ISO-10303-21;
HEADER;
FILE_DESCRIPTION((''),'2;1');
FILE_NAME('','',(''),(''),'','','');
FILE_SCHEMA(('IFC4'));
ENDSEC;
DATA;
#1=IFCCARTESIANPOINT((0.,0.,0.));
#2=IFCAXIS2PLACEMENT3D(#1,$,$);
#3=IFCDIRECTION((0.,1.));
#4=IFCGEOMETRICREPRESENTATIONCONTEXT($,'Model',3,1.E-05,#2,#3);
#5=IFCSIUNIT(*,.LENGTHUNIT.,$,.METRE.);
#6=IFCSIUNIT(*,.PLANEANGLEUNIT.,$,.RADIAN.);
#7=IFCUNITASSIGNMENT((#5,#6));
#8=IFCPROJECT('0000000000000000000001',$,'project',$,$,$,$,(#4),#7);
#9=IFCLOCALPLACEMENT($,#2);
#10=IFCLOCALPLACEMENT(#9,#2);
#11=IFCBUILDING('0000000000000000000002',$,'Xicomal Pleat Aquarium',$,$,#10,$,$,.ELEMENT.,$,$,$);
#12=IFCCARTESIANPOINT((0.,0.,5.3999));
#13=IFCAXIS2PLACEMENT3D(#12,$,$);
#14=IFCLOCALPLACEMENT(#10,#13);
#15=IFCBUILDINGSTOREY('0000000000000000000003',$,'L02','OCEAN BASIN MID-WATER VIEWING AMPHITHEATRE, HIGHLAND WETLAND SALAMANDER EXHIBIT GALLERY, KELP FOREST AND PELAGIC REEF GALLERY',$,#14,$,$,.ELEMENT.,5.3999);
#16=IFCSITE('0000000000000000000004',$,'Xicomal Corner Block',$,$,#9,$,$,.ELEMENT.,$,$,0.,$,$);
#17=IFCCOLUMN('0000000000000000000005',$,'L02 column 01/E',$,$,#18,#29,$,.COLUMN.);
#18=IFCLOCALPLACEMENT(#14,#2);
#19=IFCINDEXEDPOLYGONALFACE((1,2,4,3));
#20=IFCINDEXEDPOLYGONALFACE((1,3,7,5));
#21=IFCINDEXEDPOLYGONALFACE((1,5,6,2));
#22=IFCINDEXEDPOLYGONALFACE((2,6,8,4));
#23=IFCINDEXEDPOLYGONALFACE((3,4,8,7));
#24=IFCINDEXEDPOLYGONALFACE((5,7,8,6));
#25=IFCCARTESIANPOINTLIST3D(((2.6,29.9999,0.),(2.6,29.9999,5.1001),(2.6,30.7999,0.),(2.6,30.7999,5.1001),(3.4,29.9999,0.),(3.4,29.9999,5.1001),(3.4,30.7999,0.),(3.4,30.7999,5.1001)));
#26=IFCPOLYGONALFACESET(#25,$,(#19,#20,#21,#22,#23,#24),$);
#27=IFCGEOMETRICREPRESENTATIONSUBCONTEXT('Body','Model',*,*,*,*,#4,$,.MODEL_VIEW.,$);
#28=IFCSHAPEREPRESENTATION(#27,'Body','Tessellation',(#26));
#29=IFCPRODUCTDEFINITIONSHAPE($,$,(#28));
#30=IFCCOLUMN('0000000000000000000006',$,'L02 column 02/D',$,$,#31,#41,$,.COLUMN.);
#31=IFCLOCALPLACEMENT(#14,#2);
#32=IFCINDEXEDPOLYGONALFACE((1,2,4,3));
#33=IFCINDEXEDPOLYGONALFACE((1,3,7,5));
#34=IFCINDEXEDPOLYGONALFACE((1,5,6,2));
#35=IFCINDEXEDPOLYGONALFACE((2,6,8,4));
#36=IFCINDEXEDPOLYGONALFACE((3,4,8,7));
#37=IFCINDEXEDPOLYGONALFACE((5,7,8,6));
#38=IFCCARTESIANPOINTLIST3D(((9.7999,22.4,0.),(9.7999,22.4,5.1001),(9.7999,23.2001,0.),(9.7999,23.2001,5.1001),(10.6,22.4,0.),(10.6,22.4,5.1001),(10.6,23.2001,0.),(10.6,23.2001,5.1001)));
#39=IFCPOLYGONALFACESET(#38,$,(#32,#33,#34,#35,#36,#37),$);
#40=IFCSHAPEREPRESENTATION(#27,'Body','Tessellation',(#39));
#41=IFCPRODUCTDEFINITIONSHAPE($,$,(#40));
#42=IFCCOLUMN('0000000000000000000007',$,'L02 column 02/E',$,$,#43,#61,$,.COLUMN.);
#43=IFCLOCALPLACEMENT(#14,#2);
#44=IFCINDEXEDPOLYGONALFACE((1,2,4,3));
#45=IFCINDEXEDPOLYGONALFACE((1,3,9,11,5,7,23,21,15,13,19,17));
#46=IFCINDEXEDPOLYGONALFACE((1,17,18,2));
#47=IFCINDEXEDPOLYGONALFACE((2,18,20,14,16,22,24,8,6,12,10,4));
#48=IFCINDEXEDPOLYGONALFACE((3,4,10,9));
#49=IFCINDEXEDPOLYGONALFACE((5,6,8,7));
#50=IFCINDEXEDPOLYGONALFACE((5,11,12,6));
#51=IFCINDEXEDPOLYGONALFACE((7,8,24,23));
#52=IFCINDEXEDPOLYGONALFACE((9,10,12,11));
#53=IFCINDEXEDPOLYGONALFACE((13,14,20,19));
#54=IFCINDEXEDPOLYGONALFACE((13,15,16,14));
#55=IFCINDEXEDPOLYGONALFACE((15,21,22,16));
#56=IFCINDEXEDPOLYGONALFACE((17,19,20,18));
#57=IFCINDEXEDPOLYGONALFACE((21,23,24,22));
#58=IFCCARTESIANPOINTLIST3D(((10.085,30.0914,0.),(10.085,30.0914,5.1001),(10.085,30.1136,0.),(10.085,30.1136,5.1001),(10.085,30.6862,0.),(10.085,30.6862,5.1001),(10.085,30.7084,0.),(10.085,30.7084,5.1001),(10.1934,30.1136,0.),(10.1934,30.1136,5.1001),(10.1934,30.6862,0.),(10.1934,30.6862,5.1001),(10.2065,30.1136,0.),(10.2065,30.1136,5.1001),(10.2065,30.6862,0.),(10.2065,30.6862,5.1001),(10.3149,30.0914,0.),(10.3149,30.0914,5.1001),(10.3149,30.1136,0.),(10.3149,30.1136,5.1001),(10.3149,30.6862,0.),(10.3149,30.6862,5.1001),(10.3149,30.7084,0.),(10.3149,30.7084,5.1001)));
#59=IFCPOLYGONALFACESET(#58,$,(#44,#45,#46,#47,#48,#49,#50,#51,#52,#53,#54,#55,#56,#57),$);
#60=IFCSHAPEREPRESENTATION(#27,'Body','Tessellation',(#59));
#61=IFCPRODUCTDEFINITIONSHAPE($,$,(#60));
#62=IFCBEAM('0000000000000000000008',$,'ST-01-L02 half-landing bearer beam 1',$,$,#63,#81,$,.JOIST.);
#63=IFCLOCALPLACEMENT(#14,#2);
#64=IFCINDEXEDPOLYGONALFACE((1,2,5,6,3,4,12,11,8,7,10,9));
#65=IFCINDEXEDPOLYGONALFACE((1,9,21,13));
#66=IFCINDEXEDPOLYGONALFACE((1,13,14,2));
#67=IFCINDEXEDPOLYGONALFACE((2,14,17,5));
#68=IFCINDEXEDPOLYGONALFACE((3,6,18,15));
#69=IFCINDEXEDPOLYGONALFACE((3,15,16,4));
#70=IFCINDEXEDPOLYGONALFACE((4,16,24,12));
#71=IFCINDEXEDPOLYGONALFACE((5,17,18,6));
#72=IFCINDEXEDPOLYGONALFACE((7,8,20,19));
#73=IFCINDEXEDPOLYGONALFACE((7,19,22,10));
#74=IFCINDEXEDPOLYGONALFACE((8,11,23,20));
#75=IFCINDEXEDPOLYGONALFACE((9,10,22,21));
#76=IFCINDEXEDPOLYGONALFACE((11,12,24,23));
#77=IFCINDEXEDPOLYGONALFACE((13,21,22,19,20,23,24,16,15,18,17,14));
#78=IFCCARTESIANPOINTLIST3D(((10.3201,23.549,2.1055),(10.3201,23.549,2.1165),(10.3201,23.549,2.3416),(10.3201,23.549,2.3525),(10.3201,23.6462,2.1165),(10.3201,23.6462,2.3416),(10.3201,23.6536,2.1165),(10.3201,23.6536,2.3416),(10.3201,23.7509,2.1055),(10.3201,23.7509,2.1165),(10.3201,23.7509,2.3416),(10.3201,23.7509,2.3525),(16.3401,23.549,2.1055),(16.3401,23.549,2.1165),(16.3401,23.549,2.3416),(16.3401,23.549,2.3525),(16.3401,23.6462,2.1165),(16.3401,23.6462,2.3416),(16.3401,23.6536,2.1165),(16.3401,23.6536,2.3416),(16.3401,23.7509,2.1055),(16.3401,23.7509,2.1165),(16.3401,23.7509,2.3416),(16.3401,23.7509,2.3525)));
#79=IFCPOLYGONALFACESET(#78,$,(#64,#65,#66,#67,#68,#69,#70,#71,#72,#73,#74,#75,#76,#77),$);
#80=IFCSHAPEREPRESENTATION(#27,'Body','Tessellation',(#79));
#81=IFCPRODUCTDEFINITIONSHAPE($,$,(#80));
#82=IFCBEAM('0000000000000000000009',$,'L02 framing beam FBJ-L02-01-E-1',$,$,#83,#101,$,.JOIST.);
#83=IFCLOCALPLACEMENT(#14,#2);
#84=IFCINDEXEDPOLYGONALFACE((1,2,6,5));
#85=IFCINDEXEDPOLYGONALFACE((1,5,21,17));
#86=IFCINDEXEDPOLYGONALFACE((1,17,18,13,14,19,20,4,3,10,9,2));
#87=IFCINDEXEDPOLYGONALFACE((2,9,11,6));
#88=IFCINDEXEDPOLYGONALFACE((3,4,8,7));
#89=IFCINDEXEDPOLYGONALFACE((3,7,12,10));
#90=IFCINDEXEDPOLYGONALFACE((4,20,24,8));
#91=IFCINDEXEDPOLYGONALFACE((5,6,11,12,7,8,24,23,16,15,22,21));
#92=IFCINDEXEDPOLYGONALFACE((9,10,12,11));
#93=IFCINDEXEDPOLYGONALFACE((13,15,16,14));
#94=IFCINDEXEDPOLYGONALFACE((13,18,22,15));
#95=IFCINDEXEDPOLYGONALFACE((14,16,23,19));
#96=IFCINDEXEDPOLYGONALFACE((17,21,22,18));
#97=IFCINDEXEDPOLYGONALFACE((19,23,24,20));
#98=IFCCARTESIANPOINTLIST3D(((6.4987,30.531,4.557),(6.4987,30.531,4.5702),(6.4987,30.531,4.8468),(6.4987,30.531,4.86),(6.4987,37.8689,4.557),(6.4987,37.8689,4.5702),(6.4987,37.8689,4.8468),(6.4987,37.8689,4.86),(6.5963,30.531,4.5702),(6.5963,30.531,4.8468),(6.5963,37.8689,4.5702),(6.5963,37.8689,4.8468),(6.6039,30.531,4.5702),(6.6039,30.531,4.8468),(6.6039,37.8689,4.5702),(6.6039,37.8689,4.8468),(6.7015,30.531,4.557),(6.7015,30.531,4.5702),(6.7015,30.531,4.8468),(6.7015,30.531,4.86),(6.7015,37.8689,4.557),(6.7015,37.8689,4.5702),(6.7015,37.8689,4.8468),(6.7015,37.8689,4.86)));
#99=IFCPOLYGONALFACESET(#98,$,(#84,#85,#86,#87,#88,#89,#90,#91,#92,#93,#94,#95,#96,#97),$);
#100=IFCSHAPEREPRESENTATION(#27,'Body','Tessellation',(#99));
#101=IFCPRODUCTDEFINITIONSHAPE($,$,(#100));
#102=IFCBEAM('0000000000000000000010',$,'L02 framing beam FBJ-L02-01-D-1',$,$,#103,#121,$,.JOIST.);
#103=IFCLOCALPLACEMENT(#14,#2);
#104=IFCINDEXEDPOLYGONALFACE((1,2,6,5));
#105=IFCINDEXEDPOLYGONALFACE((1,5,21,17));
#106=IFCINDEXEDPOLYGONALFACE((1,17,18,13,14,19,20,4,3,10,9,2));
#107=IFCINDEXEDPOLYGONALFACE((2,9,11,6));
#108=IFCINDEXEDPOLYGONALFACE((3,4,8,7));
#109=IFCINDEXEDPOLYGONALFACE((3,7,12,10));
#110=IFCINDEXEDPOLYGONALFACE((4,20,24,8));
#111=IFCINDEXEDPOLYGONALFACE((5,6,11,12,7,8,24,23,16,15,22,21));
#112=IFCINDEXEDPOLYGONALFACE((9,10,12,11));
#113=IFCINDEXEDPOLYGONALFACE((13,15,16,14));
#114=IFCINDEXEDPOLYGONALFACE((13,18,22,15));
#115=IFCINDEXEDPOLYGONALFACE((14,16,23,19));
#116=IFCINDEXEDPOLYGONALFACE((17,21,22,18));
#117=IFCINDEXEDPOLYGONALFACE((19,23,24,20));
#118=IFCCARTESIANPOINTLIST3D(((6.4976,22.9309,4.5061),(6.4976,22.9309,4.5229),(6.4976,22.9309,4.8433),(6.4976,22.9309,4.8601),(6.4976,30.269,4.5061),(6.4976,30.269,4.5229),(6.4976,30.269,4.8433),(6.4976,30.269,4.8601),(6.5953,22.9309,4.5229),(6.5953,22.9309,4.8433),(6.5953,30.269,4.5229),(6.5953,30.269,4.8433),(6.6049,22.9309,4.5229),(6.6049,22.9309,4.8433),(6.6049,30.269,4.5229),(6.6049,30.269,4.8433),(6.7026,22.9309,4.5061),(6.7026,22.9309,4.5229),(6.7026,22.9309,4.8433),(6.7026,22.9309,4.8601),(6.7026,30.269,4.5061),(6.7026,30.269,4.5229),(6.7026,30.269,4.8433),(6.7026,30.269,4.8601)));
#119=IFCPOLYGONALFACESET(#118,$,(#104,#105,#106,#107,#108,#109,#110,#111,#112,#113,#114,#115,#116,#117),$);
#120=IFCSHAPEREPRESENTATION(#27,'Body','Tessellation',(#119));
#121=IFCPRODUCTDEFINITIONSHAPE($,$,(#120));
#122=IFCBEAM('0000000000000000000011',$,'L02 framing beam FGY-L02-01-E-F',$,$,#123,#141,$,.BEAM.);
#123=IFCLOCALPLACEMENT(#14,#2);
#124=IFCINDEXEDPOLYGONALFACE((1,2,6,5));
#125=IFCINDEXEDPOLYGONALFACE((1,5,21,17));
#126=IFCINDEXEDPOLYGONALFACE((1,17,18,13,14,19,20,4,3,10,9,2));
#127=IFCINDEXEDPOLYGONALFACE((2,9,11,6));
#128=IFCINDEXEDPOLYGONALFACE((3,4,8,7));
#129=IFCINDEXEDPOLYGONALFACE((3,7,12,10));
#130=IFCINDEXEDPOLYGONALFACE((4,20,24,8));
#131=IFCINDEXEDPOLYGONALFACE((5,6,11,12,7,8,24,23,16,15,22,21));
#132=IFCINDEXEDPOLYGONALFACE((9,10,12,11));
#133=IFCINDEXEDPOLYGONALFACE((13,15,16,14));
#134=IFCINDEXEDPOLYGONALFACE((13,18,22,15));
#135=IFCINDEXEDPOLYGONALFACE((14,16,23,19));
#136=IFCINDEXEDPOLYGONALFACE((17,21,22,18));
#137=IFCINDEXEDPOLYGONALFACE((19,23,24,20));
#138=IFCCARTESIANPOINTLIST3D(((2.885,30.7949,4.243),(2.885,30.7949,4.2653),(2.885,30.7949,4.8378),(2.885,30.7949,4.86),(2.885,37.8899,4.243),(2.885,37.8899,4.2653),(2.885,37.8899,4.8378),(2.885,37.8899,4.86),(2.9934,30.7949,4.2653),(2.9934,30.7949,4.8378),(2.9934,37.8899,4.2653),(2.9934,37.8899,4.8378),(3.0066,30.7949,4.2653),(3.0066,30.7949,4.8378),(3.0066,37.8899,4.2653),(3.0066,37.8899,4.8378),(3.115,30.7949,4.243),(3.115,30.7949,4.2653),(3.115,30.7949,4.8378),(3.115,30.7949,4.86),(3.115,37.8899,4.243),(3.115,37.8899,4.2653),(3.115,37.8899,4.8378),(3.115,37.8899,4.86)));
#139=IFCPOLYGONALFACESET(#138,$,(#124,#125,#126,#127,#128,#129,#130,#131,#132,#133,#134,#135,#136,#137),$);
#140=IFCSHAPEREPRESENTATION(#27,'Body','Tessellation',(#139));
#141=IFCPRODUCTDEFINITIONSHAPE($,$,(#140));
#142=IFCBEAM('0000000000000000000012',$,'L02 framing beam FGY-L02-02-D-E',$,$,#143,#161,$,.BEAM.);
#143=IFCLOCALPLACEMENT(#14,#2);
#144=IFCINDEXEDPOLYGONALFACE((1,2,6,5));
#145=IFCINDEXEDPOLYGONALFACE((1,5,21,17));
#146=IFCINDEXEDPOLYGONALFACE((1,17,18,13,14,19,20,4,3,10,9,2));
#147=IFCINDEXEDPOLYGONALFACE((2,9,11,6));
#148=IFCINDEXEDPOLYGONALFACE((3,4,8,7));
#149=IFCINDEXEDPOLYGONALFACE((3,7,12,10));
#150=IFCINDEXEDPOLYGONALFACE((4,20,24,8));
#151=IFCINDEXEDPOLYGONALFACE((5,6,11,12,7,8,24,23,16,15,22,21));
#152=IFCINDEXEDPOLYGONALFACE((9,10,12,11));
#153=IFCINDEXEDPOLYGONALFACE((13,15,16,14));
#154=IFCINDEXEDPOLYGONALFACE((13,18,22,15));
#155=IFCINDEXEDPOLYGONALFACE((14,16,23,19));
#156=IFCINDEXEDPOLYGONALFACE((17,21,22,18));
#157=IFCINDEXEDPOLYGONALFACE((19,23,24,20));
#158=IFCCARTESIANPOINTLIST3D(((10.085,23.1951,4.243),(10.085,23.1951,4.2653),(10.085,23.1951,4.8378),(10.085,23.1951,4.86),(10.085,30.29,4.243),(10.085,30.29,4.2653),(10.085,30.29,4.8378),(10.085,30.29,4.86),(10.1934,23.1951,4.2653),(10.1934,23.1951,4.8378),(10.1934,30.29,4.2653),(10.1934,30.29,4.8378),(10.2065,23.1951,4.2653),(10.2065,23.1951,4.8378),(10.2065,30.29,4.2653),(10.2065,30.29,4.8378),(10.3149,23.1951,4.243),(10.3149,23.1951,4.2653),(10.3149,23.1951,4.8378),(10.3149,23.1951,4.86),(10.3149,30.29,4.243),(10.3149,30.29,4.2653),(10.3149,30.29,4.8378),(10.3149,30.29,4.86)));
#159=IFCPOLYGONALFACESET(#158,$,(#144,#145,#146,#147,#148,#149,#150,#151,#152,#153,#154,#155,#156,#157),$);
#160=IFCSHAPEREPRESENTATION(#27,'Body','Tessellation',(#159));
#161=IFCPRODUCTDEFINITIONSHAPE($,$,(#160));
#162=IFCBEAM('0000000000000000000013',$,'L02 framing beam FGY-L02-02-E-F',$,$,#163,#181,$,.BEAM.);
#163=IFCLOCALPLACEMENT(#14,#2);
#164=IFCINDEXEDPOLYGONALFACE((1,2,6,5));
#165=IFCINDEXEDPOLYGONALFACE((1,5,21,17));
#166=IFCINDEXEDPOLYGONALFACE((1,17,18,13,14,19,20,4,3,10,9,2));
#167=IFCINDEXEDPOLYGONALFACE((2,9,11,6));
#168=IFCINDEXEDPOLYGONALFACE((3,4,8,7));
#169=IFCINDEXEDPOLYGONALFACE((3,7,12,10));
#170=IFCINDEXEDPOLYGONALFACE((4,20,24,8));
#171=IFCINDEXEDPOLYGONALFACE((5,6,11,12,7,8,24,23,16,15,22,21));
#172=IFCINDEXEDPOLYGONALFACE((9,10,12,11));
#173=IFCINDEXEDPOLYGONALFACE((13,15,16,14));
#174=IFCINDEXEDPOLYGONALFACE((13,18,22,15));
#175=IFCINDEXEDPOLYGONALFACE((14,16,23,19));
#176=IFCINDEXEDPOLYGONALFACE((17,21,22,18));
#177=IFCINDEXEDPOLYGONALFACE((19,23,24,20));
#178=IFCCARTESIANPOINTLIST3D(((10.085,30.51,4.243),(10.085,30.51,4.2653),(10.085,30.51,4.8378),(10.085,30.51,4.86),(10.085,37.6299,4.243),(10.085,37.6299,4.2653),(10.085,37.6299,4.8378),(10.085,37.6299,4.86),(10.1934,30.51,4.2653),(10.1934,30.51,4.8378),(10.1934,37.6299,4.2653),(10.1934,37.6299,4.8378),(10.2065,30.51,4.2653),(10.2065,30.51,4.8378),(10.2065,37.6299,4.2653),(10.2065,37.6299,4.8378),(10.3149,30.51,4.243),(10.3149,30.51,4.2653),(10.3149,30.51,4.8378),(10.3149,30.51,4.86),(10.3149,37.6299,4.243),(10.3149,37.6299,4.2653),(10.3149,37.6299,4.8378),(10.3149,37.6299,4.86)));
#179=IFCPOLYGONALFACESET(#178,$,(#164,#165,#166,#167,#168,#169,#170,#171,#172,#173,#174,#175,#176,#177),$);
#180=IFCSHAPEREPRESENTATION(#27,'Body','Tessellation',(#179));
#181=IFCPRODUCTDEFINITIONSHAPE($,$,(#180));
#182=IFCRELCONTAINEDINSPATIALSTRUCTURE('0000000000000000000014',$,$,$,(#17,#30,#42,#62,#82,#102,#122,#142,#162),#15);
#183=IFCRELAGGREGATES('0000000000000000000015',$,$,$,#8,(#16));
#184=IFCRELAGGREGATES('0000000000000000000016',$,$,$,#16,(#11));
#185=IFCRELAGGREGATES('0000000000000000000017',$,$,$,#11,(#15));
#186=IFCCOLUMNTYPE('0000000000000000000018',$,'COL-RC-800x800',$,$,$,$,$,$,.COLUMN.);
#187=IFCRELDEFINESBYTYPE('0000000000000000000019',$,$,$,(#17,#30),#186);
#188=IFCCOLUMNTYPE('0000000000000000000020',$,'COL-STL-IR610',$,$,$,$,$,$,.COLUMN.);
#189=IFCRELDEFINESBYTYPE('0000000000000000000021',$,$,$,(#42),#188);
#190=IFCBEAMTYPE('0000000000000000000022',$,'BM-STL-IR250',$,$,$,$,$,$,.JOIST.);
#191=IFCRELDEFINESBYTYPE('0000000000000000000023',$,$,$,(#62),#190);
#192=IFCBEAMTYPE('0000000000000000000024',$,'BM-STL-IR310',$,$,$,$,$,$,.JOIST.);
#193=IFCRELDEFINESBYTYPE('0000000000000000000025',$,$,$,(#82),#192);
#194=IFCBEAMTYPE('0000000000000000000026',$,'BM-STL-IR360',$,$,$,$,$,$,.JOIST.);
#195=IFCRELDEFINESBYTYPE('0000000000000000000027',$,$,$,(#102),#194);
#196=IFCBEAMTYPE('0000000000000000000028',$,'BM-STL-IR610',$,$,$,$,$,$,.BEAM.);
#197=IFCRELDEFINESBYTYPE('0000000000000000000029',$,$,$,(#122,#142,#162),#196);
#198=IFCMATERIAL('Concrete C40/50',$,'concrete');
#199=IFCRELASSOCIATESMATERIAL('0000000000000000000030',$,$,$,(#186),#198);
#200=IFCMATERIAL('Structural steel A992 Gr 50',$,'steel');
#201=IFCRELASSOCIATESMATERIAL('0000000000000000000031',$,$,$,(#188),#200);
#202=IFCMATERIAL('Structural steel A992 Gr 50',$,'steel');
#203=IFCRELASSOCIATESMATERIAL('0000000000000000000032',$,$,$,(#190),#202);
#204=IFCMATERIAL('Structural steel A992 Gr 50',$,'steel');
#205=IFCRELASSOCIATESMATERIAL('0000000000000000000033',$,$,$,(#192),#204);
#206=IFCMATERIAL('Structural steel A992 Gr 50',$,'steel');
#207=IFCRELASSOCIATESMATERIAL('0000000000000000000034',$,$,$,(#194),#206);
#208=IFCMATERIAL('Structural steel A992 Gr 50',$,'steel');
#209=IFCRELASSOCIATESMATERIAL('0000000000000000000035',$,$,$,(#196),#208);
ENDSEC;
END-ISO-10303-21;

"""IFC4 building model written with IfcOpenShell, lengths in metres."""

from ifc_helpers import new_model, si_unit, direction, frame, origin, origin_2d, place, context, subcontext, project, spatial, rectangle, i_section, extrude, material, material_profile, profile_set, type_object, element, save


model = new_model("IFC4")

# Units and contexts
model_context = context("Model", 3, precision=1e-05, world=origin(), true_north=direction((0.0, 1.0)))
body_context = subcontext(model_context, "Body", "Model", "MODEL_VIEW")
ifc_project = project(units=[si_unit("LENGTHUNIT", "METRE"), si_unit("PLANEANGLEUNIT", "RADIAN")], contexts=[model_context])

# Site, building, storey
site_placement = place(None, origin())
site = spatial("IfcSite", under=ifc_project, at=site_placement, Name="Xicomal Corner Block", CompositionType="ELEMENT", RefElevation=0.0)
building_placement = place(site_placement, origin())
building = spatial("IfcBuilding", under=site, at=building_placement, Name="Xicomal Pleat Aquarium", CompositionType="ELEMENT")
storey_placement = place(building_placement, frame((0.0, 0.0, 5.3999)))
storey = spatial("IfcBuildingStorey", under=building, at=storey_placement, Name="L02", Description="OCEAN BASIN MID-WATER VIEWING AMPHITHEATRE, HIGHLAND WETLAND SALAMANDER EXHIBIT GALLERY, KELP FOREST AND PELAGIC REEF GALLERY", CompositionType="ELEMENT", Elevation=5.3999)

# Columns
ifc_material_1 = material(Name="Concrete C40/50", Category="concrete")
ifc_material_profile_1 = material_profile(ifc_material_1, rectangle(XDim=0.8, YDim=0.8, at=origin_2d()), Name="RC 800x800")
ifc_profile_set_1 = profile_set([ifc_material_profile_1], Name="Concrete C40/50")
column_type_1 = type_object("IfcColumnType", Name="COL-RC-800x800", PredefinedType="COLUMN", material=ifc_profile_set_1)
for number, where, z_axis, x_axis, name in (
    (1, (3.0, 30.3999, 0.0), (0.0, 0.0, 1.0), (1.0, 0.0, 0.0), "L02 column 01/E"),
    (2, (10.2, 22.8, 0.0), (0.0, 0.0, 1.0), (1.0, 0.0, 0.0), "L02 column 02/D"),
):
    element("IfcColumn", number, at=place(storey_placement, frame(where, z_axis=z_axis, x_axis=x_axis)), inside=storey, type_object=column_type_1, Name=name, PredefinedType="COLUMN", context=body_context, shape_type="SweptSolid", body=[
        extrude(rectangle(XDim=0.8, YDim=0.8, at=origin_2d()), origin(), (0.0, 0.0, 1.0), 5.1001),
    ])
ifc_material_2 = material(Name="Structural steel A992 Gr 50", Category="steel")
ifc_material_profile_2 = material_profile(ifc_material_2, i_section(OverallWidth=0.23, OverallDepth=0.6169, WebThickness=0.0132, FlangeThickness=0.0222, at=origin_2d()), Name="IR 610x140")
ifc_profile_set_2 = profile_set([ifc_material_profile_2], Name="Structural steel A992 Gr 50")
column_type_2 = type_object("IfcColumnType", Name="COL-STL-IR610", PredefinedType="COLUMN", material=ifc_profile_set_2)
column_placement = place(storey_placement, frame((10.2, 30.3999, 0.0), z_axis=(0.0, 0.0, 1.0), x_axis=(1.0, 0.0, 0.0)))
element("IfcColumn", 3, at=column_placement, inside=storey, type_object=column_type_2, Name="L02 column 02/E", PredefinedType="COLUMN", context=body_context, shape_type="SweptSolid", body=[
    extrude(i_section(OverallWidth=0.23, OverallDepth=0.6169, WebThickness=0.0132, FlangeThickness=0.0222, at=origin_2d()), origin(), (0.0, 0.0, 1.0), 5.1001),
])

# Beams
ifc_material_3 = material(Name="Structural steel A992 Gr 50", Category="steel")
ifc_material_profile_3 = material_profile(ifc_material_3, i_section(OverallWidth=0.2019, OverallDepth=0.2471, WebThickness=0.0073, FlangeThickness=0.011, at=origin_2d()), Name="IR 250x49")
ifc_profile_set_3 = profile_set([ifc_material_profile_3], Name="Structural steel A992 Gr 50")
beam_type_1 = type_object("IfcBeamType", Name="BM-STL-IR250", PredefinedType="JOIST", material=ifc_profile_set_3)
beam_1_placement = place(storey_placement, frame((10.3201, 23.6499, 2.229), z_axis=(1.0, 0.0, 0.0), x_axis=(0.0, 1.0, 0.0)))
element("IfcBeam", 4, at=beam_1_placement, inside=storey, type_object=beam_type_1, Name="ST-01-L02 half-landing bearer beam 1", PredefinedType="JOIST", context=body_context, shape_type="SweptSolid", body=[
    extrude(i_section(OverallWidth=0.2019, OverallDepth=0.2471, WebThickness=0.0073, FlangeThickness=0.011, at=origin_2d()), origin(), (0.0, 0.0, 1.0), 6.02),
])
ifc_material_4 = material(Name="Structural steel A992 Gr 50", Category="steel")
ifc_material_profile_4 = material_profile(ifc_material_4, i_section(OverallWidth=0.2029, OverallDepth=0.303, WebThickness=0.0076, FlangeThickness=0.0132, at=origin_2d()), Name="IR 310x60")
ifc_profile_set_4 = profile_set([ifc_material_profile_4], Name="Structural steel A992 Gr 50")
beam_type_2 = type_object("IfcBeamType", Name="BM-STL-IR310", PredefinedType="JOIST", material=ifc_profile_set_4)
beam_2_placement = place(storey_placement, frame((6.6001, 30.531, 4.7085), z_axis=(0.0, 1.0, 0.0), x_axis=(-1.0, 0.0, 0.0)))
element("IfcBeam", 5, at=beam_2_placement, inside=storey, type_object=beam_type_2, Name="L02 framing beam FBJ-L02-01-E-1", PredefinedType="JOIST", context=body_context, shape_type="SweptSolid", body=[
    extrude(i_section(OverallWidth=0.2029, OverallDepth=0.303, WebThickness=0.0076, FlangeThickness=0.0132, at=origin_2d()), origin(), (0.0, 0.0, 1.0), 7.3379),
])
ifc_material_5 = material(Name="Structural steel A992 Gr 50", Category="steel")
ifc_material_profile_5 = material_profile(ifc_material_5, i_section(OverallWidth=0.2051, OverallDepth=0.354, WebThickness=0.0095, FlangeThickness=0.0168, at=origin_2d()), Name="IR 360x79")
ifc_profile_set_5 = profile_set([ifc_material_profile_5], Name="Structural steel A992 Gr 50")
beam_type_3 = type_object("IfcBeamType", Name="BM-STL-IR360", PredefinedType="JOIST", material=ifc_profile_set_5)
beam_3_placement = place(storey_placement, frame((6.6001, 22.9309, 4.6831), z_axis=(0.0, 1.0, 0.0), x_axis=(-1.0, 0.0, 0.0)))
element("IfcBeam", 6, at=beam_3_placement, inside=storey, type_object=beam_type_3, Name="L02 framing beam FBJ-L02-01-D-1", PredefinedType="JOIST", context=body_context, shape_type="SweptSolid", body=[
    extrude(i_section(OverallWidth=0.2051, OverallDepth=0.354, WebThickness=0.0095, FlangeThickness=0.0168, at=origin_2d()), origin(), (0.0, 0.0, 1.0), 7.3381),
])
ifc_material_6 = material(Name="Structural steel A992 Gr 50", Category="steel")
ifc_material_profile_6 = material_profile(ifc_material_6, i_section(OverallWidth=0.23, OverallDepth=0.6169, WebThickness=0.0132, FlangeThickness=0.0222, at=origin_2d()), Name="IR 610x140")
ifc_profile_set_6 = profile_set([ifc_material_profile_6], Name="Structural steel A992 Gr 50")
beam_type_4 = type_object("IfcBeamType", Name="BM-STL-IR610", PredefinedType="BEAM", material=ifc_profile_set_6)
for number, where, z_axis, x_axis, name in (
    (7, (3.0, 30.7949, 4.5515), (0.0, 1.0, 0.0), (-1.0, 0.0, 0.0), "L02 framing beam FGY-L02-01-E-F"),
    (8, (10.2, 23.1951, 4.5515), (0.0, 1.0, 0.0), (-1.0, 0.0, 0.0), "L02 framing beam FGY-L02-02-D-E"),
):
    element("IfcBeam", number, at=place(storey_placement, frame(where, z_axis=z_axis, x_axis=x_axis)), inside=storey, type_object=beam_type_4, Name=name, PredefinedType="BEAM", context=body_context, shape_type="SweptSolid", body=[
        extrude(i_section(OverallWidth=0.23, OverallDepth=0.6169, WebThickness=0.0132, FlangeThickness=0.0222, at=origin_2d()), origin(), (0.0, 0.0, 1.0), 7.095),
    ])
beam_4_placement = place(storey_placement, frame((10.2, 30.51, 4.5515), z_axis=(0.0, 1.0, 0.0), x_axis=(-1.0, 0.0, 0.0)))
element("IfcBeam", 9, at=beam_4_placement, inside=storey, type_object=beam_type_4, Name="L02 framing beam FGY-L02-02-E-F", PredefinedType="BEAM", context=body_context, shape_type="SweptSolid", body=[
    extrude(i_section(OverallWidth=0.23, OverallDepth=0.6169, WebThickness=0.0132, FlangeThickness=0.0222, at=origin_2d()), origin(), (0.0, 0.0, 1.0), 7.1199),
])

save(model, "model.ifc")
